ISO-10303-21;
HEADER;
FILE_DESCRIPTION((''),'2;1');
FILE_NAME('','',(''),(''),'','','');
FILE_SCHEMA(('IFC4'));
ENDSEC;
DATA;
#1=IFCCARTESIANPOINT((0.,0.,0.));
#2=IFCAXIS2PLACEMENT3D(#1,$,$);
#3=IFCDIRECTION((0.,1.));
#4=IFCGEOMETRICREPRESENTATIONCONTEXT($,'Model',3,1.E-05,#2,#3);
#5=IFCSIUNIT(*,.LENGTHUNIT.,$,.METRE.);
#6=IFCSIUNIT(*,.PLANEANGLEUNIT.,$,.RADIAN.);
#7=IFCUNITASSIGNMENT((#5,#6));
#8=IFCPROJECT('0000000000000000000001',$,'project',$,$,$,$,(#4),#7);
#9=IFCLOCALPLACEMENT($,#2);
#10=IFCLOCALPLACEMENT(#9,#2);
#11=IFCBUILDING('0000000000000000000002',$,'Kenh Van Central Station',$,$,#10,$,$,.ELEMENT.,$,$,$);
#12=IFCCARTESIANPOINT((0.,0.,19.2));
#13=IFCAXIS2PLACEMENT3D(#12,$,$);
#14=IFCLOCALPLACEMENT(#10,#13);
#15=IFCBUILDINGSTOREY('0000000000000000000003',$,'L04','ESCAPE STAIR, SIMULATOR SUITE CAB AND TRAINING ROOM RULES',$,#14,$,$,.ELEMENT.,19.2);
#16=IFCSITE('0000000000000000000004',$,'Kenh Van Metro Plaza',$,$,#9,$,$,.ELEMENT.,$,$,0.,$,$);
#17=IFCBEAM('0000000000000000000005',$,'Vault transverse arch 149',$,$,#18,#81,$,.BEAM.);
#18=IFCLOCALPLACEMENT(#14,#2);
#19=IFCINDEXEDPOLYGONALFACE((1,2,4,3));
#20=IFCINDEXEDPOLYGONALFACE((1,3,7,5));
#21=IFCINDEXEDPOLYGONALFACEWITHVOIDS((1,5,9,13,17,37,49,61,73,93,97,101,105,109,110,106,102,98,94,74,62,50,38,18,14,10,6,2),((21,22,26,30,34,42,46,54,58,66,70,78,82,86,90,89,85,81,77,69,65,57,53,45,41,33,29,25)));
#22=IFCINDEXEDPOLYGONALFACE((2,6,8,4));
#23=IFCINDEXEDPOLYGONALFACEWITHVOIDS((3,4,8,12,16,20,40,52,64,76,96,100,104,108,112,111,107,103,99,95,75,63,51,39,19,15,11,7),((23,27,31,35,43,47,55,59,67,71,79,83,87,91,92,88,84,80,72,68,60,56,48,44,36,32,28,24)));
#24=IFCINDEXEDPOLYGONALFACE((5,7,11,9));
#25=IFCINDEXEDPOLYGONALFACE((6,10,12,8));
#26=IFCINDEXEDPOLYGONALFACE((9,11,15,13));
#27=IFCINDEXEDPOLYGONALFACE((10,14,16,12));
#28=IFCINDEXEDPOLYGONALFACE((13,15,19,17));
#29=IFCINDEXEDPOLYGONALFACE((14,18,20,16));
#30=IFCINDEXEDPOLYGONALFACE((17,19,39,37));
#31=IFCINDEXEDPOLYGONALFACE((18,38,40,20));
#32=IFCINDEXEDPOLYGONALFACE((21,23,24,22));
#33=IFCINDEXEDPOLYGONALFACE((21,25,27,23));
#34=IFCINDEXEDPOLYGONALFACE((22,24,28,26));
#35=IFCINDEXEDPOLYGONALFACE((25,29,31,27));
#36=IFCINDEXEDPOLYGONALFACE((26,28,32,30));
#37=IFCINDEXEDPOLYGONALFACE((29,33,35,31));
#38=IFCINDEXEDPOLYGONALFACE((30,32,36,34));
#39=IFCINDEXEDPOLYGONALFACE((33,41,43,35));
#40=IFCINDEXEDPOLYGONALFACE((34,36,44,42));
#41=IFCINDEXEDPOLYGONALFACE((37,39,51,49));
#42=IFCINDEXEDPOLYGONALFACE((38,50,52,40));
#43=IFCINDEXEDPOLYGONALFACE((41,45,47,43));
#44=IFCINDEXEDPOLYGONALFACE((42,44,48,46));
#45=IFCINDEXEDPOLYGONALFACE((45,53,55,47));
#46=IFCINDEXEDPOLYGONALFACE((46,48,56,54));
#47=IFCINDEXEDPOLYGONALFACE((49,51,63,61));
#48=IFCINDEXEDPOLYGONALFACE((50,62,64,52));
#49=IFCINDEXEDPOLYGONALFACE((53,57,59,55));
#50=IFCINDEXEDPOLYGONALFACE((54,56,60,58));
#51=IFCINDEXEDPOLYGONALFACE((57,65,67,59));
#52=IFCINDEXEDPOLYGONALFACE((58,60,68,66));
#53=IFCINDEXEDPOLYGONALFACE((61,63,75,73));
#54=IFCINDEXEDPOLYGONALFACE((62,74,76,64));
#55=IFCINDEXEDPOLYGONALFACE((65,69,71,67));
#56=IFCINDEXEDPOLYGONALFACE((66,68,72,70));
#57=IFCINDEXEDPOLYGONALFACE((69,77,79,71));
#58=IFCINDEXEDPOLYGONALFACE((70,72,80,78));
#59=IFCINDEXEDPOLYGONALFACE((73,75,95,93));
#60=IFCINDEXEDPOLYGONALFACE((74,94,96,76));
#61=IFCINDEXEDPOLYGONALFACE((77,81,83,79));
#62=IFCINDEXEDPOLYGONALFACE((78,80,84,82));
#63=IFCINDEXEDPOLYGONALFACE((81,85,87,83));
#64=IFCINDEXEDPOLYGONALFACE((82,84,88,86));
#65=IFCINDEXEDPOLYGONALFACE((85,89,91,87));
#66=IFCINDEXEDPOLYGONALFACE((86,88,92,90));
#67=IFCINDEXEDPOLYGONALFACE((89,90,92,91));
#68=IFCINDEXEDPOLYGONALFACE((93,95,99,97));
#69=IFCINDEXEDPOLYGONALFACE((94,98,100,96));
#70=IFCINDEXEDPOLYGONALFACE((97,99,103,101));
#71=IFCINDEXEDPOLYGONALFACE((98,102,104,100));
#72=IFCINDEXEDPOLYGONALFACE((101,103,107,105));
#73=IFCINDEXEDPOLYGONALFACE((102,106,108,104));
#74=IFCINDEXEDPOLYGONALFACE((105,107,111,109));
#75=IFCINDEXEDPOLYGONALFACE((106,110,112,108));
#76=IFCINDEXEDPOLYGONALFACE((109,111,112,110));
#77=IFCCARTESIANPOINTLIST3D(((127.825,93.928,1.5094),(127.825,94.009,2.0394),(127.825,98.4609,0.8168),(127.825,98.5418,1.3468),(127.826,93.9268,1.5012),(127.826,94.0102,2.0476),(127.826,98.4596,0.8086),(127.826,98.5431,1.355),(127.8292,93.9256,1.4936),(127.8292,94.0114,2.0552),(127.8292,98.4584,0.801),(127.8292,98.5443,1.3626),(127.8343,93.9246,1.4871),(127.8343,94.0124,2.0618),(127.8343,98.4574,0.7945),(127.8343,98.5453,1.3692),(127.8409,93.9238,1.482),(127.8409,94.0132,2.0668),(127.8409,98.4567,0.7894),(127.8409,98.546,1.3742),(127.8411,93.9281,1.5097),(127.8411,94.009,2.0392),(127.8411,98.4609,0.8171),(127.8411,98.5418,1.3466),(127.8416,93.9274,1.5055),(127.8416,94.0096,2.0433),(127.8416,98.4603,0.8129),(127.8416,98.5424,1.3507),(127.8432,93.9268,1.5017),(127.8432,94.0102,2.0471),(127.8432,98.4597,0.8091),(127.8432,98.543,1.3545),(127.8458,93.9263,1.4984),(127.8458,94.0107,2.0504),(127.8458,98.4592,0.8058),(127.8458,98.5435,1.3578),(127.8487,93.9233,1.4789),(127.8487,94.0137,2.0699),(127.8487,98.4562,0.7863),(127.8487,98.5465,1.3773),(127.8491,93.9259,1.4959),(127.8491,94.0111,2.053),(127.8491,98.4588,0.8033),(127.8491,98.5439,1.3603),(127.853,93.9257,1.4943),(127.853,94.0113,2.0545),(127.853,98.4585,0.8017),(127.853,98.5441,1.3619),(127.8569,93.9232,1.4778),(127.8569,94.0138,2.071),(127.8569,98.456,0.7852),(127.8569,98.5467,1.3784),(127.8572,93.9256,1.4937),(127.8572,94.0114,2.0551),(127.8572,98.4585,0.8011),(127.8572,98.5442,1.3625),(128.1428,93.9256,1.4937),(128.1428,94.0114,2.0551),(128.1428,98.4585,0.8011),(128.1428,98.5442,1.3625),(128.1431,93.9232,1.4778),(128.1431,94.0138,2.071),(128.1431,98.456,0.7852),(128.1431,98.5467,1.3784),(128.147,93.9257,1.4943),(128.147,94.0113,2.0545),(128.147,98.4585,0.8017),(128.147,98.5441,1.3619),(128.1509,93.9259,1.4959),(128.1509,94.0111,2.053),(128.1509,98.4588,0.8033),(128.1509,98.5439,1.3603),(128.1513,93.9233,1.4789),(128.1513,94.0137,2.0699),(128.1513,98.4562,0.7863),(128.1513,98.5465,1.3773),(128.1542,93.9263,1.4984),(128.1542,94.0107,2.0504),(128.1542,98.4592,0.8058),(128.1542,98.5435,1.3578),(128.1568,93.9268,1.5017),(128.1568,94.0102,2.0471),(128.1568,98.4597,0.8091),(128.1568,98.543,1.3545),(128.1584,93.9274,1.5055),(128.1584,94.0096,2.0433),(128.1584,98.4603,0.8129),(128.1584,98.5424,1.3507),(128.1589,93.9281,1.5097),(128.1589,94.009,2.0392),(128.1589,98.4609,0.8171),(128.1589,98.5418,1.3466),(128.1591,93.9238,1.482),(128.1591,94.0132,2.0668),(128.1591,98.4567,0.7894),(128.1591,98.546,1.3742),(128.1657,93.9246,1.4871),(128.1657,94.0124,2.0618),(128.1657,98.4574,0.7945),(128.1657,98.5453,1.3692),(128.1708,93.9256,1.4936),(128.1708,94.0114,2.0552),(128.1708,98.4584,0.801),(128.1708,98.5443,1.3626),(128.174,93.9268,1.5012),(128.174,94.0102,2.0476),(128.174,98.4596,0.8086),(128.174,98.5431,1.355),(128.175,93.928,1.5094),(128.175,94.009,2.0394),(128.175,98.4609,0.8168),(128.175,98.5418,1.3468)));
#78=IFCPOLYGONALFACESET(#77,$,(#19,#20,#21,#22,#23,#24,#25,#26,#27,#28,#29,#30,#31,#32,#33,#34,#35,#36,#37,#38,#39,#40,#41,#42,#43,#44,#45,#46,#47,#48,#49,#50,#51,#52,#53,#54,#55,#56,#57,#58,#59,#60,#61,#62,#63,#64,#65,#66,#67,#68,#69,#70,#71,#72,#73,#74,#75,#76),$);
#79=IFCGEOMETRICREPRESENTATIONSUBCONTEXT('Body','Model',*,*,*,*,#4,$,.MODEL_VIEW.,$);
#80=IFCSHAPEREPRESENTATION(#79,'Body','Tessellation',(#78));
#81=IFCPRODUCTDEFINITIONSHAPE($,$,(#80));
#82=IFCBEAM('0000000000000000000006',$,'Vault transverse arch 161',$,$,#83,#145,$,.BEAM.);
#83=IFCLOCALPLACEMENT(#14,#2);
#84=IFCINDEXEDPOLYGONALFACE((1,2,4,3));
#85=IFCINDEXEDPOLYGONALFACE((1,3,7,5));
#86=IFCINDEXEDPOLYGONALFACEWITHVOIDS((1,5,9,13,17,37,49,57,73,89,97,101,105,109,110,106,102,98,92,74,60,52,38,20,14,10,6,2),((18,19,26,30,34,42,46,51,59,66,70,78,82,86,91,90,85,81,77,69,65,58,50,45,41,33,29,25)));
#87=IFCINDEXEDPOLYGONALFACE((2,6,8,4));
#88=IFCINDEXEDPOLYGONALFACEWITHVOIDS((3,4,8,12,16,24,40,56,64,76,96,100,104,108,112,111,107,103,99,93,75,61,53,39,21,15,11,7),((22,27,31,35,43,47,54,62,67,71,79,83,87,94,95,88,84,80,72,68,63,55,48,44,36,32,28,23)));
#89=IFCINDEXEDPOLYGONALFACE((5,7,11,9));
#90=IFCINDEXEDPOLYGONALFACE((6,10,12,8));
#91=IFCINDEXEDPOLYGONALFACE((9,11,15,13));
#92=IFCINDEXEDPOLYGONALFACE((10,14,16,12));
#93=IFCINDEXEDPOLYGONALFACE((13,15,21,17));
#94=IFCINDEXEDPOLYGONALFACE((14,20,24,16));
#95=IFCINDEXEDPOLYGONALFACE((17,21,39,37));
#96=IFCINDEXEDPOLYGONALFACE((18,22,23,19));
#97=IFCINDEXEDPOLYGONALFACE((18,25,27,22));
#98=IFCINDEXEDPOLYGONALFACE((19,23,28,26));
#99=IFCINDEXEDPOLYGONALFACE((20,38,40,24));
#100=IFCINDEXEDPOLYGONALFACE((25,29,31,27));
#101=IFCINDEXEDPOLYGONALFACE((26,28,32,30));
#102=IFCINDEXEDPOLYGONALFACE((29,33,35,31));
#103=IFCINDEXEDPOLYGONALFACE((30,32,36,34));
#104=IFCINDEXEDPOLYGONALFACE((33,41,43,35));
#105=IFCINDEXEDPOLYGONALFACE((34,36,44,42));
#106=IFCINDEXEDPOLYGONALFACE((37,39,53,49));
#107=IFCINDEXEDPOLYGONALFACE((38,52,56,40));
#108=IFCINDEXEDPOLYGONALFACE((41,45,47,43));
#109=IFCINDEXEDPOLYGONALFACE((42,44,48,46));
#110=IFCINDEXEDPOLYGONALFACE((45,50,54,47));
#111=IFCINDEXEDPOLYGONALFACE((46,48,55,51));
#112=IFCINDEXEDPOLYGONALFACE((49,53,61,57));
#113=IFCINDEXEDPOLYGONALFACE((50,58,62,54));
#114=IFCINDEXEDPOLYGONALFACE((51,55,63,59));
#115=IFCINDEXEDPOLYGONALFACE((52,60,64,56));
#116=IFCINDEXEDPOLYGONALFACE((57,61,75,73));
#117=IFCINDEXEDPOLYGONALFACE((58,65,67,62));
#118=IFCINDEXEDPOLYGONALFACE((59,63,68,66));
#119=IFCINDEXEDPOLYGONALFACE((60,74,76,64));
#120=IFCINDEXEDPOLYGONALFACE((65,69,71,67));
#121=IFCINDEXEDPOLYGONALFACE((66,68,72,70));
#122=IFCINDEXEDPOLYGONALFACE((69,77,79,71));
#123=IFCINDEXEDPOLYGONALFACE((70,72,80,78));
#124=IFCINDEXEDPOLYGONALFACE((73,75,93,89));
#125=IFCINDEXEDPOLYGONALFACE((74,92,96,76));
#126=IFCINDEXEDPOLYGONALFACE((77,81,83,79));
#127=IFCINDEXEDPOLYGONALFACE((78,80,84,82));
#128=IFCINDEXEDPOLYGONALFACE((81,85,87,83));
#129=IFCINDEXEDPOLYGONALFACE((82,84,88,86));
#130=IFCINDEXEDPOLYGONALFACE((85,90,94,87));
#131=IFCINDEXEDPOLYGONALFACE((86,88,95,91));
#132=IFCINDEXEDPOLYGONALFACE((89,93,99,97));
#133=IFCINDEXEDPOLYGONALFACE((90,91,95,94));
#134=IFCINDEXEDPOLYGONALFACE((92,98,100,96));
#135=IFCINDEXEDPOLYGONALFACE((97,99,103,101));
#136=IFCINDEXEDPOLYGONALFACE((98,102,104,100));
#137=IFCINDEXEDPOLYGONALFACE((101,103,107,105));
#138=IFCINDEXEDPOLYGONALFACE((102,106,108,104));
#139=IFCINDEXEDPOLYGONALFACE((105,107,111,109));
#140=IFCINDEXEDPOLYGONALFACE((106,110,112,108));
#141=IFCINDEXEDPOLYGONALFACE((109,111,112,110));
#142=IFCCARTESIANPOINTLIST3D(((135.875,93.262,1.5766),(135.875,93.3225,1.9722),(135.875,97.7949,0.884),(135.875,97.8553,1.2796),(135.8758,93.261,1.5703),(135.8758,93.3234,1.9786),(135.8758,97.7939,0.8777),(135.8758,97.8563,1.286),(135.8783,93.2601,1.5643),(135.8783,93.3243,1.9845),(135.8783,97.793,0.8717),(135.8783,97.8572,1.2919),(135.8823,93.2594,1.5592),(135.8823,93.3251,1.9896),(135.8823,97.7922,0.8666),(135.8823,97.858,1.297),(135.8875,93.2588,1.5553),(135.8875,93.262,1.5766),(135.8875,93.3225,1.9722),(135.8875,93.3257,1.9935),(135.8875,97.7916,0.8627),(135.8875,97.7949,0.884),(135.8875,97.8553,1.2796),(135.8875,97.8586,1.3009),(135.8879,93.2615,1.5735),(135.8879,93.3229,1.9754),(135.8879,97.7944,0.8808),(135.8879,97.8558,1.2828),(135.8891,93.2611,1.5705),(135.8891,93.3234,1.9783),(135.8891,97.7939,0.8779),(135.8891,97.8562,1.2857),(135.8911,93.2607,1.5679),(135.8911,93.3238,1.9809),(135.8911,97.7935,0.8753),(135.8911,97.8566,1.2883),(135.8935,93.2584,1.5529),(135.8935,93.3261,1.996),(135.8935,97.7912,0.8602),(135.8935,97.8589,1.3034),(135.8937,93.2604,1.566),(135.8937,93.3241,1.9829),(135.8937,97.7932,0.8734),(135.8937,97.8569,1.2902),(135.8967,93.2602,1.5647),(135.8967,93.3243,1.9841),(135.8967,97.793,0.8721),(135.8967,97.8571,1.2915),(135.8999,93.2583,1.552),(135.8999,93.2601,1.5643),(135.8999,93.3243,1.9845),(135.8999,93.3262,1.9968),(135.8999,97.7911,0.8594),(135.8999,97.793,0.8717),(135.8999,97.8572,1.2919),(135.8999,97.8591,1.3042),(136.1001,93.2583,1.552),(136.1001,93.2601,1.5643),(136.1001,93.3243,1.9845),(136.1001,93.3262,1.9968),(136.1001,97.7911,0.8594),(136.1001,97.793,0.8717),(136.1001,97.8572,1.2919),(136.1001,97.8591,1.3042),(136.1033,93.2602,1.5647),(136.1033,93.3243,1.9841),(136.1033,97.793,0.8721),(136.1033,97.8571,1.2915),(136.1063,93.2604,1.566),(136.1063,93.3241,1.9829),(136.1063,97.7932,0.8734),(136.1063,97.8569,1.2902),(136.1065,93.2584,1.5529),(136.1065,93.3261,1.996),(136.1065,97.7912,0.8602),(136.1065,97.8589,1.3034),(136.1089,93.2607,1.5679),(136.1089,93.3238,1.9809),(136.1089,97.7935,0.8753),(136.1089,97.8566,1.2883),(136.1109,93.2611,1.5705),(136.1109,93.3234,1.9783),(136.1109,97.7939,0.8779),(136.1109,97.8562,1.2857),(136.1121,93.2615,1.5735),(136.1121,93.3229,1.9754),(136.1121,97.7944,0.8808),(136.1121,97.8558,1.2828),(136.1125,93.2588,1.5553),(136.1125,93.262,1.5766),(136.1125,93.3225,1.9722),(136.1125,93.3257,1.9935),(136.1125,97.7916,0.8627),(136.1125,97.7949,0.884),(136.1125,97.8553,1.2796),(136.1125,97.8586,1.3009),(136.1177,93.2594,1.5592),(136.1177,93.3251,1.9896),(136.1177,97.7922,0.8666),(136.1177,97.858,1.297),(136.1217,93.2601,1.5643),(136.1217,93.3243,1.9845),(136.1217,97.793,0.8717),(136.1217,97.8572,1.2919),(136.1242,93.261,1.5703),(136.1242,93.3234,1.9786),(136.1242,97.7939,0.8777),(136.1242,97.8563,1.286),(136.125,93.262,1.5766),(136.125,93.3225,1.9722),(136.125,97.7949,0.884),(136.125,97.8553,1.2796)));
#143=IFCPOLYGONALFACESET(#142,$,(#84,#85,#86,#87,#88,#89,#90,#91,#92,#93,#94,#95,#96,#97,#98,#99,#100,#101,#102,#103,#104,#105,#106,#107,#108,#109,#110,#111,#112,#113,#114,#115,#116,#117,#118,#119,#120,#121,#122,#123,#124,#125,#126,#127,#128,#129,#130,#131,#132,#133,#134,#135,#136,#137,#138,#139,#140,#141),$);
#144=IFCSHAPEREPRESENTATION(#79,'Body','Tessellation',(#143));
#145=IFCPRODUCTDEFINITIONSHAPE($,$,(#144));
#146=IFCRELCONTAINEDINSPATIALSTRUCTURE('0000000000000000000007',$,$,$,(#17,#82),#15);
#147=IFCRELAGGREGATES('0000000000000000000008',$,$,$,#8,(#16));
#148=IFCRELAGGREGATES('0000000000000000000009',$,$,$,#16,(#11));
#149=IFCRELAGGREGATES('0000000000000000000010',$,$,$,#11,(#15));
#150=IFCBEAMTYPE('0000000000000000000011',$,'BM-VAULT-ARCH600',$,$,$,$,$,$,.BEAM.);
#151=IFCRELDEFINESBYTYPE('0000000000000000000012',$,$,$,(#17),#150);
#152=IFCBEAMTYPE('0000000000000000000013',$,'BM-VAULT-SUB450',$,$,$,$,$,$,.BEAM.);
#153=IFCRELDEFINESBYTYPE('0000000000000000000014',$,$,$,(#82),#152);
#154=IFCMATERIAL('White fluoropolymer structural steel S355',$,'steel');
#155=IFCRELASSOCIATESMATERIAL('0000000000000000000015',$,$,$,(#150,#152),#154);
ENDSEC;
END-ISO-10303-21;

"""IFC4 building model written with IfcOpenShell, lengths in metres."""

from ifc_helpers import new_model, si_unit, direction, frame, origin, origin_2d, place, context, subcontext, project, spatial, hollow_rectangle, extrude, material, material_profile, profile_set, type_object, element, save


model = new_model("IFC4")

# Units and contexts
model_context = context("Model", 3, precision=1e-05, world=origin(), true_north=direction((0.0, 1.0)))
body_context = subcontext(model_context, "Body", "Model", "MODEL_VIEW")
ifc_project = project(units=[si_unit("LENGTHUNIT", "METRE"), si_unit("PLANEANGLEUNIT", "RADIAN")], contexts=[model_context])

# Site, building, storey
site_placement = place(None, origin())
site = spatial("IfcSite", under=ifc_project, at=site_placement, Name="Kenh Van Metro Plaza", CompositionType="ELEMENT", RefElevation=0.0)
building_placement = place(site_placement, origin())
building = spatial("IfcBuilding", under=site, at=building_placement, Name="Kenh Van Central Station", CompositionType="ELEMENT")
storey_placement = place(building_placement, frame((0.0, 0.0, 19.2)))
storey = spatial("IfcBuildingStorey", under=building, at=storey_placement, Name="L04", Description="ESCAPE STAIR, SIMULATOR SUITE CAB AND TRAINING ROOM RULES", CompositionType="ELEMENT", Elevation=19.2)

# Beams
ifc_material_1 = material(Name="White fluoropolymer structural steel S355", Category="steel")
ifc_material_profile_1 = material_profile(ifc_material_1, hollow_rectangle(XDim=0.3501, YDim=0.6001, WallThickness=0.0161, InnerFilletRadius=0.0161, OuterFilletRadius=0.032, at=origin_2d()), Name="RHS 600x350x16")
ifc_profile_set_1 = profile_set([ifc_material_profile_1], Name="White fluoropolymer structural steel S355")
beam_type_1 = type_object("IfcBeamType", Name="BM-VAULT-ARCH600", PredefinedType="BEAM", material=ifc_profile_set_1)
beam_1_placement = place(storey_placement, frame((128.0, 93.9685, 1.7744), z_axis=(0.0, 0.988527, -0.151045), x_axis=(-1.0, 0.0, 0.0)))
element("IfcBeam", 1, at=beam_1_placement, inside=storey, type_object=beam_type_1, Name="Vault transverse arch 149", PredefinedType="BEAM", context=body_context, shape_type="SweptSolid", body=[
    extrude(hollow_rectangle(XDim=0.3501, YDim=0.6001, WallThickness=0.0161, InnerFilletRadius=0.0161, OuterFilletRadius=0.032, at=origin_2d()), origin(), (0.0, 0.0, 1.0), 4.5854),
])
ifc_material_profile_2 = material_profile(ifc_material_1, hollow_rectangle(XDim=0.25, YDim=0.45, WallThickness=0.0125, InnerFilletRadius=0.0125, OuterFilletRadius=0.0249, at=origin_2d()), Name="RHS 450x250x12.5")
ifc_profile_set_2 = profile_set([ifc_material_profile_2], Name="White fluoropolymer structural steel S355")
beam_type_2 = type_object("IfcBeamType", Name="BM-VAULT-SUB450", PredefinedType="BEAM", material=ifc_profile_set_2)
beam_2_placement = place(storey_placement, frame((136.0, 93.2922, 1.7744), z_axis=(0.0, 0.988527, -0.151045), x_axis=(-1.0, 0.0, 0.0)))
element("IfcBeam", 2, at=beam_2_placement, inside=storey, type_object=beam_type_2, Name="Vault transverse arch 161", PredefinedType="BEAM", context=body_context, shape_type="SweptSolid", body=[
    extrude(hollow_rectangle(XDim=0.25, YDim=0.45, WallThickness=0.0125, InnerFilletRadius=0.0125, OuterFilletRadius=0.0249, at=origin_2d()), origin(), (0.0, 0.0, 1.0), 4.5854),
])

save(model, "model.ifc")
